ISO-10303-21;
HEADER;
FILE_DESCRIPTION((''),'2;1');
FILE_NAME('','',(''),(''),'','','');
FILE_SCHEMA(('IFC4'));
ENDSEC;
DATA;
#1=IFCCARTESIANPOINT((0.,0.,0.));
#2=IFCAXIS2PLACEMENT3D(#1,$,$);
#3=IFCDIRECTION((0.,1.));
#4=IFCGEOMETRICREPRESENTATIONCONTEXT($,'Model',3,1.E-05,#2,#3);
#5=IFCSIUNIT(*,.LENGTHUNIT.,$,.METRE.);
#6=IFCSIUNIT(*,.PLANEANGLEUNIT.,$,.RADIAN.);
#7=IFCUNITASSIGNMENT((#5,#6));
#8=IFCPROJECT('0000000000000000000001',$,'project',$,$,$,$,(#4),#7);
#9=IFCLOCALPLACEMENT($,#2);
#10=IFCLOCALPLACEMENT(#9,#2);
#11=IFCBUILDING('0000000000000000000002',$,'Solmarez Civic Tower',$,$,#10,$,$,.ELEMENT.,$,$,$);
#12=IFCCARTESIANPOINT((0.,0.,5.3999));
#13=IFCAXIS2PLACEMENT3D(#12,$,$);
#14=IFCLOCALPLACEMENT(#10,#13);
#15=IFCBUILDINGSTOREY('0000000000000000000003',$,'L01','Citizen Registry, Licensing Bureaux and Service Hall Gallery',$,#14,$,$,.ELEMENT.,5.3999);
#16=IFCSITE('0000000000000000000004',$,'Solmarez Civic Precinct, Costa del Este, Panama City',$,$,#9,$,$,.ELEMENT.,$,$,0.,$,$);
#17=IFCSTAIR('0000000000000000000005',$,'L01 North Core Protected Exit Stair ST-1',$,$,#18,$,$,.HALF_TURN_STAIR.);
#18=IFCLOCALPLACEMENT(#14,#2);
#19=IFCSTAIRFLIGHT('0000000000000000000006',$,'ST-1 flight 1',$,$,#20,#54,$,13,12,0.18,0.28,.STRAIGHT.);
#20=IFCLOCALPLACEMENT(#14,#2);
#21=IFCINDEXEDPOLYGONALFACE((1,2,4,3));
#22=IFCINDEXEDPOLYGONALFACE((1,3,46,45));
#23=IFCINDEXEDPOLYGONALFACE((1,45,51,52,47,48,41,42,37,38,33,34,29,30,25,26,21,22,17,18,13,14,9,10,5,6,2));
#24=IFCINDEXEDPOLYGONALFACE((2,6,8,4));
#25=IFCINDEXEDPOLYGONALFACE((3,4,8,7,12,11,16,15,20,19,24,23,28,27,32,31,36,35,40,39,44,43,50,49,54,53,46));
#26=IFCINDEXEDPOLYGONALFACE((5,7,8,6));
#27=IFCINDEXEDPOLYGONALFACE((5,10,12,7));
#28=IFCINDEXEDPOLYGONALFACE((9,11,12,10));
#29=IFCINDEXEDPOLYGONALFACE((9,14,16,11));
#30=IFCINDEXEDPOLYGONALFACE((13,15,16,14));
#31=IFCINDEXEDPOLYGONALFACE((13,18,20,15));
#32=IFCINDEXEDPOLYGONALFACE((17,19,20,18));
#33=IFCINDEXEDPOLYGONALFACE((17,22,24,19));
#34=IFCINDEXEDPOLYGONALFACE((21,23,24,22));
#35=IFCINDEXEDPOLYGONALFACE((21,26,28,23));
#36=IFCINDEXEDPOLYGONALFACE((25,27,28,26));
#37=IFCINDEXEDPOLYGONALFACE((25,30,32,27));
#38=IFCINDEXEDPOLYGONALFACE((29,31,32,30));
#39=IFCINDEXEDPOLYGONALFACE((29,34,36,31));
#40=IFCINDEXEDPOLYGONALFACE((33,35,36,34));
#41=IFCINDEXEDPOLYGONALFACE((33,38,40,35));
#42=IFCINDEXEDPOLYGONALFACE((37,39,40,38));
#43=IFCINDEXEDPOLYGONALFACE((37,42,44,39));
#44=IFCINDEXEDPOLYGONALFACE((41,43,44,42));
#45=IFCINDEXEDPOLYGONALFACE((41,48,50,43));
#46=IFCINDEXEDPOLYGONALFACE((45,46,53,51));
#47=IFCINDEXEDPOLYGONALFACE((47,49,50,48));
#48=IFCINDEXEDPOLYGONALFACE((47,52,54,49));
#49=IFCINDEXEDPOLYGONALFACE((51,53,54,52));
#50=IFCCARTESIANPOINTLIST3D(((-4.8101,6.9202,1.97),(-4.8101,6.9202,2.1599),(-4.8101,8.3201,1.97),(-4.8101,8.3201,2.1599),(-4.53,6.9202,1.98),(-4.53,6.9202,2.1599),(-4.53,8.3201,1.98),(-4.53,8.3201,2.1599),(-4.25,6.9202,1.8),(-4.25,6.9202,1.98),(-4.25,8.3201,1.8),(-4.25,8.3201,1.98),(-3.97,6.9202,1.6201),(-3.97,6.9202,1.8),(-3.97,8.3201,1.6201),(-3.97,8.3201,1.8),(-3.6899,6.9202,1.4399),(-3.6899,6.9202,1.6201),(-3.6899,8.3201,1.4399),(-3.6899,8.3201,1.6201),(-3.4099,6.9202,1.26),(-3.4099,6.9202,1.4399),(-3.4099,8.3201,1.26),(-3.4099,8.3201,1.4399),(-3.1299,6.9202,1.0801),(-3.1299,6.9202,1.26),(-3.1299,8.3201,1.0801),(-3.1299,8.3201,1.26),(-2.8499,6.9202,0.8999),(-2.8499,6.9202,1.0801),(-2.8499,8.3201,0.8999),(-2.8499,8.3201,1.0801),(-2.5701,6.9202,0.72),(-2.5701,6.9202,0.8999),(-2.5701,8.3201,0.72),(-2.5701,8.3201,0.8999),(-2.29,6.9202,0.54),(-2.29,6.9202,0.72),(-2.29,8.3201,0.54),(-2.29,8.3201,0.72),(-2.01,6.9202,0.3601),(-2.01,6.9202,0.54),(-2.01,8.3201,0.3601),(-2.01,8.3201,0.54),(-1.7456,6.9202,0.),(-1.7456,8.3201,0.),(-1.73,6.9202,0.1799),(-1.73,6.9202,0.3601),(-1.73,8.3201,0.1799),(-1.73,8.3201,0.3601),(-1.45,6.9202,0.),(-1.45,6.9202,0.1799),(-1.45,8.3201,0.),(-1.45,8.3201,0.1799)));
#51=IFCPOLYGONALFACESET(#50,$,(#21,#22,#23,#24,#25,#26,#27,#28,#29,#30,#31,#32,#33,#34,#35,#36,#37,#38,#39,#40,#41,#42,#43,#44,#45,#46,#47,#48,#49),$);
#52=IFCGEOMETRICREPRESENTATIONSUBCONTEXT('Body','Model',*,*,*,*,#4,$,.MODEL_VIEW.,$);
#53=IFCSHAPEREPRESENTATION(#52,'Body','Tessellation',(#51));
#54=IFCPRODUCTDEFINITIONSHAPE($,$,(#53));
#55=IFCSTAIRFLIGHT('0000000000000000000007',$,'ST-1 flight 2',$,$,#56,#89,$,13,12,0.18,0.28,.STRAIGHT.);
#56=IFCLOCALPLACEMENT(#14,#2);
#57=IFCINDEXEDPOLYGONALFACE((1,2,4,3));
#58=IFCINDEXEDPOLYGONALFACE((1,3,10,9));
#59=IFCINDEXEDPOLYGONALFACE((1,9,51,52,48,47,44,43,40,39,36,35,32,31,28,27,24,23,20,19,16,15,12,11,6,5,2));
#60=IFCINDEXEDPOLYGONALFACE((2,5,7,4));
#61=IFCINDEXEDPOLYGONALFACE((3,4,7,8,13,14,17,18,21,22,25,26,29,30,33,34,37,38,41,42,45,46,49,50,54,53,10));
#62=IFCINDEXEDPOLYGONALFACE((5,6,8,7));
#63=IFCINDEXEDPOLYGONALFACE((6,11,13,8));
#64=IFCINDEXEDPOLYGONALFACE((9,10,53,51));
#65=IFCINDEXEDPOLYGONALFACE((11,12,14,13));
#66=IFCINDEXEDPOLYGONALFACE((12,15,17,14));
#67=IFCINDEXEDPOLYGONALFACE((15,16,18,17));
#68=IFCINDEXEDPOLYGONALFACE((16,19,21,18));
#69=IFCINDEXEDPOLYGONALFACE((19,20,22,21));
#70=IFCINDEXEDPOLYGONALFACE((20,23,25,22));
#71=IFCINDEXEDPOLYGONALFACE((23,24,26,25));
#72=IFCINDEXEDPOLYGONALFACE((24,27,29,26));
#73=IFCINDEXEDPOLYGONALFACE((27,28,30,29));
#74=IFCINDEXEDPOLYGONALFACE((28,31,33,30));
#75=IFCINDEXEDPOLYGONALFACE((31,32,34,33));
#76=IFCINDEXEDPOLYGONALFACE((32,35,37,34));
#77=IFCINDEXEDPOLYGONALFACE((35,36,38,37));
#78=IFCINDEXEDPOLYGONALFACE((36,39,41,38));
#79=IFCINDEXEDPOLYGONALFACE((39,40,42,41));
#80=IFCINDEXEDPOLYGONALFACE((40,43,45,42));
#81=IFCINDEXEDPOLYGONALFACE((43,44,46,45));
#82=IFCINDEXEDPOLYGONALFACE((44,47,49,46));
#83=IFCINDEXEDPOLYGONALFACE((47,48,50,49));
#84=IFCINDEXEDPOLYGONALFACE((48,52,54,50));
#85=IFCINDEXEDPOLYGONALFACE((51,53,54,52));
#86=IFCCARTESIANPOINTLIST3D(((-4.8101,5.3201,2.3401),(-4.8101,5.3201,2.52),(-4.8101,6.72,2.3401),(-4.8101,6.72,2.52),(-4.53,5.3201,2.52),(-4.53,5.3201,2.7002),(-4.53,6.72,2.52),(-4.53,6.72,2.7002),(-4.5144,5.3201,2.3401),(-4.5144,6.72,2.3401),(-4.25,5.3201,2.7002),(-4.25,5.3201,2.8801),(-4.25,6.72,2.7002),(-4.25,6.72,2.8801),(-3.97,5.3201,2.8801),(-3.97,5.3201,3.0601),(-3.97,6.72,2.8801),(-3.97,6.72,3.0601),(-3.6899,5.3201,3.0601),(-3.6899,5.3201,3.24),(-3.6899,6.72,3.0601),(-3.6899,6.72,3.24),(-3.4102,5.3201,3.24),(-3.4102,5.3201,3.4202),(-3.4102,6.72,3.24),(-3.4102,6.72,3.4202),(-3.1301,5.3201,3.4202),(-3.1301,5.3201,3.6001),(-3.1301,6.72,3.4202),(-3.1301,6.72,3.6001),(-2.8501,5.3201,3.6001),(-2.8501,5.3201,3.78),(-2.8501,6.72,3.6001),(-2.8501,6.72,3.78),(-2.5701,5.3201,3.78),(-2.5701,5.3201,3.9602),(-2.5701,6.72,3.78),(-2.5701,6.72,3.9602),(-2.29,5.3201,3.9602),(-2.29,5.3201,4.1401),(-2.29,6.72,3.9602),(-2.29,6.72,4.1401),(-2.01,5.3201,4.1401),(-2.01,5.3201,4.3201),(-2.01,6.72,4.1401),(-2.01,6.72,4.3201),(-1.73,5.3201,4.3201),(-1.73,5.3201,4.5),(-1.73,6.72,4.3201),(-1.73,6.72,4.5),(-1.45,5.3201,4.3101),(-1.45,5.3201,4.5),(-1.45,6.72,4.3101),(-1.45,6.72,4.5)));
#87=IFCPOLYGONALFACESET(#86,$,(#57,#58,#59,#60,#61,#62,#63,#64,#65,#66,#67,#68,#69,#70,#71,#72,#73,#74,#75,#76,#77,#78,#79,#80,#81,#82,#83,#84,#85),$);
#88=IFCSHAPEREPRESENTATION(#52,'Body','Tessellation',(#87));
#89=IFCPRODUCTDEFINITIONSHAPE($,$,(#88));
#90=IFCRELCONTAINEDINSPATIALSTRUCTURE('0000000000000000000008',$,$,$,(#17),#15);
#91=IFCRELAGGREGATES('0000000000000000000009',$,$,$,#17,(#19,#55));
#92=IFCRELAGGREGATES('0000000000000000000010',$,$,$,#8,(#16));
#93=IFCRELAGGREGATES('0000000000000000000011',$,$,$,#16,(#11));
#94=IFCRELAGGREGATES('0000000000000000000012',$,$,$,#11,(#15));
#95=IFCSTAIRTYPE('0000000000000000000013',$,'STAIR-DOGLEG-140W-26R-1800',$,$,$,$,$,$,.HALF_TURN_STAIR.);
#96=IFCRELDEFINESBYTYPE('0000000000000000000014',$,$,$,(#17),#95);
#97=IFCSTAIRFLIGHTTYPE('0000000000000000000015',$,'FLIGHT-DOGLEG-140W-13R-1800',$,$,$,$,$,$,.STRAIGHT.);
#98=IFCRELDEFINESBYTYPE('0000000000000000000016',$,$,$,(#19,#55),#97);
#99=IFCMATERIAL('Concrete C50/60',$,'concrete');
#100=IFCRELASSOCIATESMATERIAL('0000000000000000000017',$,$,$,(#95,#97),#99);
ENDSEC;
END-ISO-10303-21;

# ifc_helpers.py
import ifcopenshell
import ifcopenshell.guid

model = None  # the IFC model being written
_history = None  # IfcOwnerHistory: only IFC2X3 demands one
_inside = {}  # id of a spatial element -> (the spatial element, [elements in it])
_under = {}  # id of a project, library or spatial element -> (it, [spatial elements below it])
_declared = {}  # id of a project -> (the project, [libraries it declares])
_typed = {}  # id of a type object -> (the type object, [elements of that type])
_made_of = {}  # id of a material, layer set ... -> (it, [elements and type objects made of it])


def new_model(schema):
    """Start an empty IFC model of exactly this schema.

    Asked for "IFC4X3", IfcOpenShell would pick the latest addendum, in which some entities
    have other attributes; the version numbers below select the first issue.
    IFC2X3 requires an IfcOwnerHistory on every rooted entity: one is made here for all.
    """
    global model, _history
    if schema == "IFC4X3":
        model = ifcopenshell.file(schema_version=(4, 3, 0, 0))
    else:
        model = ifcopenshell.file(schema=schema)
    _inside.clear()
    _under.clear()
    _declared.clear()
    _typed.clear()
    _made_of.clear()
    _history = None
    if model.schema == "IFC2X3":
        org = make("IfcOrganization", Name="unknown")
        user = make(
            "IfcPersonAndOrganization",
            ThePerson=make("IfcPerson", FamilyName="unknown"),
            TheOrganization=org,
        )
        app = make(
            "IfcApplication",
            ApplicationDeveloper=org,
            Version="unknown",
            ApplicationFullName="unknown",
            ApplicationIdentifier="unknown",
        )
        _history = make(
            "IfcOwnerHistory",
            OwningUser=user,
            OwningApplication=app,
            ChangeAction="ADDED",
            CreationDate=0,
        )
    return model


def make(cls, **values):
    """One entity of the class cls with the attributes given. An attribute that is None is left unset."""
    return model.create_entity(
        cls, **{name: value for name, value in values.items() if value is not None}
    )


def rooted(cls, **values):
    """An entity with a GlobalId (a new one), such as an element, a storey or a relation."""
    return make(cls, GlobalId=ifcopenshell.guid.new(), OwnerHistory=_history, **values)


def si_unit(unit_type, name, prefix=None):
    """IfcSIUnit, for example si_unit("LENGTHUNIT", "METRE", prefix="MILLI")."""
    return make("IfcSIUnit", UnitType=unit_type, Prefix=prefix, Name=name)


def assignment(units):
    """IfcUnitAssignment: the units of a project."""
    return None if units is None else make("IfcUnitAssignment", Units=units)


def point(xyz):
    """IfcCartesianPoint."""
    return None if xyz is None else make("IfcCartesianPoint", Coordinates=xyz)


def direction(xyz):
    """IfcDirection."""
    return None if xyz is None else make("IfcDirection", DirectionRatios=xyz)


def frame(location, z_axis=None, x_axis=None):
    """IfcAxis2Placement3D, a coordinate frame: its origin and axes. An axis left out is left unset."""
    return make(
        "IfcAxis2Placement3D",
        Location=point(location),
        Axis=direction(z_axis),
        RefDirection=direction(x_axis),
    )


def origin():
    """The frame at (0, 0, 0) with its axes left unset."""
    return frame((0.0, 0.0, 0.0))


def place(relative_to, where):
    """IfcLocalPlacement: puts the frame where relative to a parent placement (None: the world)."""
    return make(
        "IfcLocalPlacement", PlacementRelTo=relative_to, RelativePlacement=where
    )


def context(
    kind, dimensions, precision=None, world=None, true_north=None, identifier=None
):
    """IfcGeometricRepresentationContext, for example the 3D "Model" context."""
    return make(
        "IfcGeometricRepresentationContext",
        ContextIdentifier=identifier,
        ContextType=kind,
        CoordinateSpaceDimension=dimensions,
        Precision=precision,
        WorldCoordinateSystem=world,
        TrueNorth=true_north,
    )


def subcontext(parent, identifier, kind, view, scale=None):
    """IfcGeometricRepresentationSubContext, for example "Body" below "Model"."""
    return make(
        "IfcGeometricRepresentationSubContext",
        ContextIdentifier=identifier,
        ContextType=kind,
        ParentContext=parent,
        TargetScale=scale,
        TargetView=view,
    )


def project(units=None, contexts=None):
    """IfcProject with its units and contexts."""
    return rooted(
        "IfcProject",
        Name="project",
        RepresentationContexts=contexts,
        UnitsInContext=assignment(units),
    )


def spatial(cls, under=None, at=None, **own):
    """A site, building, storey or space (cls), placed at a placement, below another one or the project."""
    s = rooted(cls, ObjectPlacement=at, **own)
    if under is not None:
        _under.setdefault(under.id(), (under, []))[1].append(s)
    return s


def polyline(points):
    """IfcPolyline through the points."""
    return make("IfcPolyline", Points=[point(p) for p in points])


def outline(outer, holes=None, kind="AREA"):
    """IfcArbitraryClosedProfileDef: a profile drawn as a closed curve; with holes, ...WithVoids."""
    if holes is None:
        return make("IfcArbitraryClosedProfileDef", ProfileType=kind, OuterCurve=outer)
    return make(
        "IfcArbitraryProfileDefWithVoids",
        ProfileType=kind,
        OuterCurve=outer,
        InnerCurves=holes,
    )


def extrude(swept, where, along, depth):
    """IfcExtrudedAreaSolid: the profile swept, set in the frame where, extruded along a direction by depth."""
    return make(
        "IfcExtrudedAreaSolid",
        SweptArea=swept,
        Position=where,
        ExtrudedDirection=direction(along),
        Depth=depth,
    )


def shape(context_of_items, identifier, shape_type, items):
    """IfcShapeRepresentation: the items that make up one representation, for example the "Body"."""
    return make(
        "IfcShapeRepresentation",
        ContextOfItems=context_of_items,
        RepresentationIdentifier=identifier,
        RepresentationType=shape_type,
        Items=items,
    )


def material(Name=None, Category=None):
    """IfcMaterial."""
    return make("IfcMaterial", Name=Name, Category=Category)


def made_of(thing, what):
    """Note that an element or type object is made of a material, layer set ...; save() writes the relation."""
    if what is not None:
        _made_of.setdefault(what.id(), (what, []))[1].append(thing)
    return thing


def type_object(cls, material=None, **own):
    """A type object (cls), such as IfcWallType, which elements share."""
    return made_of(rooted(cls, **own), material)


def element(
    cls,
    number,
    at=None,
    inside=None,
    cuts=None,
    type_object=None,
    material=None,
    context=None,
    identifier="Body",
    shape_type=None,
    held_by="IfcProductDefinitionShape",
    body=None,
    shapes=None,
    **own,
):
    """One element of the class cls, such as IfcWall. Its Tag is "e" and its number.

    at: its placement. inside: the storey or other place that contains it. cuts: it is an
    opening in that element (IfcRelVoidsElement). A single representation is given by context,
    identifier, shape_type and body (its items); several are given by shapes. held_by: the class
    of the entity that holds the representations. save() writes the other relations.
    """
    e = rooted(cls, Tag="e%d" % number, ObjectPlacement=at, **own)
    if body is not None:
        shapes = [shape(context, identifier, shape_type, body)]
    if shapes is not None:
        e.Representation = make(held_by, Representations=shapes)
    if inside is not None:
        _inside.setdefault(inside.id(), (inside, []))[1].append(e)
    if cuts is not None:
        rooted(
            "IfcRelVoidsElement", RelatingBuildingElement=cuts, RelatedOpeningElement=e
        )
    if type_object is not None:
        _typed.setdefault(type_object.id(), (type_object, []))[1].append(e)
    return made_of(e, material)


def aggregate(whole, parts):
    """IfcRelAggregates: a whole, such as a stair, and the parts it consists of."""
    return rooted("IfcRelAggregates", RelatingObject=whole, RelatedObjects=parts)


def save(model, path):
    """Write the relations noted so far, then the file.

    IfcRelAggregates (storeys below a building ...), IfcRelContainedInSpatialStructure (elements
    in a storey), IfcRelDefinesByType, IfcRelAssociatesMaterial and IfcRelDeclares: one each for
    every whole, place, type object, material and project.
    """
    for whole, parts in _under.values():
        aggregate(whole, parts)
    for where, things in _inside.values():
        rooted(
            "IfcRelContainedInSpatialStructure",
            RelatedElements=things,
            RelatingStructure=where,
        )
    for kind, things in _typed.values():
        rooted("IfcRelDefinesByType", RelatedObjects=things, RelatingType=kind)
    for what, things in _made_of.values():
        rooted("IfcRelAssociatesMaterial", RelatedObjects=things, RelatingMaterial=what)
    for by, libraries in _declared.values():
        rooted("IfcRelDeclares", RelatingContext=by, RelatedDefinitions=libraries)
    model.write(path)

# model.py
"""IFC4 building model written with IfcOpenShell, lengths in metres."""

from ifc_helpers import new_model, si_unit, direction, frame, origin, place, context, subcontext, project, spatial, polyline, outline, extrude, material, type_object, element, aggregate, save


model = new_model("IFC4")

# Units and contexts
model_context = context("Model", 3, precision=1e-05, world=origin(), true_north=direction((0.0, 1.0)))
body_context = subcontext(model_context, "Body", "Model", "MODEL_VIEW")
ifc_project = project(units=[si_unit("LENGTHUNIT", "METRE"), si_unit("PLANEANGLEUNIT", "RADIAN")], contexts=[model_context])

# Site, building, storey
site_placement = place(None, origin())
site = spatial("IfcSite", under=ifc_project, at=site_placement, Name="Solmarez Civic Precinct, Costa del Este, Panama City", CompositionType="ELEMENT", RefElevation=0.0)
building_placement = place(site_placement, origin())
building = spatial("IfcBuilding", under=site, at=building_placement, Name="Solmarez Civic Tower", CompositionType="ELEMENT")
storey_placement = place(building_placement, frame((0.0, 0.0, 5.3999)))
storey = spatial("IfcBuildingStorey", under=building, at=storey_placement, Name="L01", Description="Citizen Registry, Licensing Bureaux and Service Hall Gallery", CompositionType="ELEMENT", Elevation=5.3999)

# Shared definitions
ifc_material_1 = material(Name="Concrete C50/60", Category="concrete")

# Stair
stair_type_1 = type_object("IfcStairType", Name="STAIR-DOGLEG-140W-26R-1800", PredefinedType="HALF_TURN_STAIR", material=ifc_material_1)
stair_1_placement = place(storey_placement, origin())
stair_1 = element("IfcStair", 1, at=stair_1_placement, inside=storey, type_object=stair_type_1, Name="L01 North Core Protected Exit Stair ST-1", PredefinedType="HALF_TURN_STAIR")

# Stair flights
stair_flight_type = type_object("IfcStairFlightType", Name="FLIGHT-DOGLEG-140W-13R-1800", PredefinedType="STRAIGHT", material=ifc_material_1)
stair_flight_1_placement = place(storey_placement, frame((-1.45, 7.6201, 0.0), z_axis=(0.0, 0.0, 1.0), x_axis=(-1.0, 0.0, 0.0)))
stair_flight_1 = element("IfcStairFlight", 2, at=stair_flight_1_placement, type_object=stair_flight_type, Name="ST-1 flight 1", NumberOfRisers=13, NumberOfTreads=12, PredefinedType="STRAIGHT", RiserHeight=0.18, TreadLength=0.28, context=body_context, shape_type="SweptSolid", body=[
    extrude(outline(polyline([(0.0, 0.0), (0.0, 0.1799), (0.28, 0.1799), (0.28, 0.3601), (0.5601, 0.3601), (0.5601, 0.54), (0.8401, 0.54), (0.8401, 0.72), (1.1201, 0.72), (1.1201, 0.8999), (1.3999, 0.8999), (1.3999, 1.0801), (1.6799, 1.0801), (1.6799, 1.26), (1.96, 1.26), (1.96, 1.4399), (2.24, 1.4399), (2.24, 1.6201), (2.52, 1.6201), (2.52, 1.8), (2.8, 1.8), (2.8, 1.98), (3.0801, 1.98), (3.0801, 2.1599), (3.3601, 2.1599), (3.3601, 2.3401), (3.3601, 1.97), (0.2957, 0.0), (0.0, 0.0)])), frame((0.0, 0.7, 0.0), z_axis=(0.0, -1.0, 0.0), x_axis=(1.0, 0.0, 0.0)), (0.0, 0.0, 1.0), 1.3999),
])
stair_flight_2_placement = place(storey_placement, frame((-4.8101, 6.02, 2.3401), z_axis=(0.0, 0.0, 1.0), x_axis=(1.0, 0.0, 0.0)))
stair_flight_2 = element("IfcStairFlight", 3, at=stair_flight_2_placement, type_object=stair_flight_type, Name="ST-1 flight 2", NumberOfRisers=13, NumberOfTreads=12, PredefinedType="STRAIGHT", RiserHeight=0.18, TreadLength=0.28, context=body_context, shape_type="SweptSolid", body=[
    extrude(outline(polyline([(0.0, 0.0), (0.0, 0.1799), (0.28, 0.1799), (0.28, 0.3601), (0.5601, 0.3601), (0.5601, 0.54), (0.8401, 0.54), (0.8401, 0.72), (1.1201, 0.72), (1.1201, 0.8999), (1.3999, 0.8999), (1.3999, 1.0801), (1.6799, 1.0801), (1.6799, 1.26), (1.96, 1.26), (1.96, 1.4399), (2.24, 1.4399), (2.24, 1.6201), (2.52, 1.6201), (2.52, 1.8), (2.8, 1.8), (2.8, 1.98), (3.0801, 1.98), (3.0801, 2.1599), (3.3601, 2.1599), (3.3601, 2.3401), (3.3601, 1.97), (0.2957, 0.0), (0.0, 0.0)])), frame((0.0, 0.7, 0.0), z_axis=(0.0, -1.0, 0.0), x_axis=(1.0, 0.0, 0.0)), (0.0, 0.0, 1.0), 1.3999),
])
aggregate(stair_1, [stair_flight_1, stair_flight_2])

save(model, "model.ifc")
